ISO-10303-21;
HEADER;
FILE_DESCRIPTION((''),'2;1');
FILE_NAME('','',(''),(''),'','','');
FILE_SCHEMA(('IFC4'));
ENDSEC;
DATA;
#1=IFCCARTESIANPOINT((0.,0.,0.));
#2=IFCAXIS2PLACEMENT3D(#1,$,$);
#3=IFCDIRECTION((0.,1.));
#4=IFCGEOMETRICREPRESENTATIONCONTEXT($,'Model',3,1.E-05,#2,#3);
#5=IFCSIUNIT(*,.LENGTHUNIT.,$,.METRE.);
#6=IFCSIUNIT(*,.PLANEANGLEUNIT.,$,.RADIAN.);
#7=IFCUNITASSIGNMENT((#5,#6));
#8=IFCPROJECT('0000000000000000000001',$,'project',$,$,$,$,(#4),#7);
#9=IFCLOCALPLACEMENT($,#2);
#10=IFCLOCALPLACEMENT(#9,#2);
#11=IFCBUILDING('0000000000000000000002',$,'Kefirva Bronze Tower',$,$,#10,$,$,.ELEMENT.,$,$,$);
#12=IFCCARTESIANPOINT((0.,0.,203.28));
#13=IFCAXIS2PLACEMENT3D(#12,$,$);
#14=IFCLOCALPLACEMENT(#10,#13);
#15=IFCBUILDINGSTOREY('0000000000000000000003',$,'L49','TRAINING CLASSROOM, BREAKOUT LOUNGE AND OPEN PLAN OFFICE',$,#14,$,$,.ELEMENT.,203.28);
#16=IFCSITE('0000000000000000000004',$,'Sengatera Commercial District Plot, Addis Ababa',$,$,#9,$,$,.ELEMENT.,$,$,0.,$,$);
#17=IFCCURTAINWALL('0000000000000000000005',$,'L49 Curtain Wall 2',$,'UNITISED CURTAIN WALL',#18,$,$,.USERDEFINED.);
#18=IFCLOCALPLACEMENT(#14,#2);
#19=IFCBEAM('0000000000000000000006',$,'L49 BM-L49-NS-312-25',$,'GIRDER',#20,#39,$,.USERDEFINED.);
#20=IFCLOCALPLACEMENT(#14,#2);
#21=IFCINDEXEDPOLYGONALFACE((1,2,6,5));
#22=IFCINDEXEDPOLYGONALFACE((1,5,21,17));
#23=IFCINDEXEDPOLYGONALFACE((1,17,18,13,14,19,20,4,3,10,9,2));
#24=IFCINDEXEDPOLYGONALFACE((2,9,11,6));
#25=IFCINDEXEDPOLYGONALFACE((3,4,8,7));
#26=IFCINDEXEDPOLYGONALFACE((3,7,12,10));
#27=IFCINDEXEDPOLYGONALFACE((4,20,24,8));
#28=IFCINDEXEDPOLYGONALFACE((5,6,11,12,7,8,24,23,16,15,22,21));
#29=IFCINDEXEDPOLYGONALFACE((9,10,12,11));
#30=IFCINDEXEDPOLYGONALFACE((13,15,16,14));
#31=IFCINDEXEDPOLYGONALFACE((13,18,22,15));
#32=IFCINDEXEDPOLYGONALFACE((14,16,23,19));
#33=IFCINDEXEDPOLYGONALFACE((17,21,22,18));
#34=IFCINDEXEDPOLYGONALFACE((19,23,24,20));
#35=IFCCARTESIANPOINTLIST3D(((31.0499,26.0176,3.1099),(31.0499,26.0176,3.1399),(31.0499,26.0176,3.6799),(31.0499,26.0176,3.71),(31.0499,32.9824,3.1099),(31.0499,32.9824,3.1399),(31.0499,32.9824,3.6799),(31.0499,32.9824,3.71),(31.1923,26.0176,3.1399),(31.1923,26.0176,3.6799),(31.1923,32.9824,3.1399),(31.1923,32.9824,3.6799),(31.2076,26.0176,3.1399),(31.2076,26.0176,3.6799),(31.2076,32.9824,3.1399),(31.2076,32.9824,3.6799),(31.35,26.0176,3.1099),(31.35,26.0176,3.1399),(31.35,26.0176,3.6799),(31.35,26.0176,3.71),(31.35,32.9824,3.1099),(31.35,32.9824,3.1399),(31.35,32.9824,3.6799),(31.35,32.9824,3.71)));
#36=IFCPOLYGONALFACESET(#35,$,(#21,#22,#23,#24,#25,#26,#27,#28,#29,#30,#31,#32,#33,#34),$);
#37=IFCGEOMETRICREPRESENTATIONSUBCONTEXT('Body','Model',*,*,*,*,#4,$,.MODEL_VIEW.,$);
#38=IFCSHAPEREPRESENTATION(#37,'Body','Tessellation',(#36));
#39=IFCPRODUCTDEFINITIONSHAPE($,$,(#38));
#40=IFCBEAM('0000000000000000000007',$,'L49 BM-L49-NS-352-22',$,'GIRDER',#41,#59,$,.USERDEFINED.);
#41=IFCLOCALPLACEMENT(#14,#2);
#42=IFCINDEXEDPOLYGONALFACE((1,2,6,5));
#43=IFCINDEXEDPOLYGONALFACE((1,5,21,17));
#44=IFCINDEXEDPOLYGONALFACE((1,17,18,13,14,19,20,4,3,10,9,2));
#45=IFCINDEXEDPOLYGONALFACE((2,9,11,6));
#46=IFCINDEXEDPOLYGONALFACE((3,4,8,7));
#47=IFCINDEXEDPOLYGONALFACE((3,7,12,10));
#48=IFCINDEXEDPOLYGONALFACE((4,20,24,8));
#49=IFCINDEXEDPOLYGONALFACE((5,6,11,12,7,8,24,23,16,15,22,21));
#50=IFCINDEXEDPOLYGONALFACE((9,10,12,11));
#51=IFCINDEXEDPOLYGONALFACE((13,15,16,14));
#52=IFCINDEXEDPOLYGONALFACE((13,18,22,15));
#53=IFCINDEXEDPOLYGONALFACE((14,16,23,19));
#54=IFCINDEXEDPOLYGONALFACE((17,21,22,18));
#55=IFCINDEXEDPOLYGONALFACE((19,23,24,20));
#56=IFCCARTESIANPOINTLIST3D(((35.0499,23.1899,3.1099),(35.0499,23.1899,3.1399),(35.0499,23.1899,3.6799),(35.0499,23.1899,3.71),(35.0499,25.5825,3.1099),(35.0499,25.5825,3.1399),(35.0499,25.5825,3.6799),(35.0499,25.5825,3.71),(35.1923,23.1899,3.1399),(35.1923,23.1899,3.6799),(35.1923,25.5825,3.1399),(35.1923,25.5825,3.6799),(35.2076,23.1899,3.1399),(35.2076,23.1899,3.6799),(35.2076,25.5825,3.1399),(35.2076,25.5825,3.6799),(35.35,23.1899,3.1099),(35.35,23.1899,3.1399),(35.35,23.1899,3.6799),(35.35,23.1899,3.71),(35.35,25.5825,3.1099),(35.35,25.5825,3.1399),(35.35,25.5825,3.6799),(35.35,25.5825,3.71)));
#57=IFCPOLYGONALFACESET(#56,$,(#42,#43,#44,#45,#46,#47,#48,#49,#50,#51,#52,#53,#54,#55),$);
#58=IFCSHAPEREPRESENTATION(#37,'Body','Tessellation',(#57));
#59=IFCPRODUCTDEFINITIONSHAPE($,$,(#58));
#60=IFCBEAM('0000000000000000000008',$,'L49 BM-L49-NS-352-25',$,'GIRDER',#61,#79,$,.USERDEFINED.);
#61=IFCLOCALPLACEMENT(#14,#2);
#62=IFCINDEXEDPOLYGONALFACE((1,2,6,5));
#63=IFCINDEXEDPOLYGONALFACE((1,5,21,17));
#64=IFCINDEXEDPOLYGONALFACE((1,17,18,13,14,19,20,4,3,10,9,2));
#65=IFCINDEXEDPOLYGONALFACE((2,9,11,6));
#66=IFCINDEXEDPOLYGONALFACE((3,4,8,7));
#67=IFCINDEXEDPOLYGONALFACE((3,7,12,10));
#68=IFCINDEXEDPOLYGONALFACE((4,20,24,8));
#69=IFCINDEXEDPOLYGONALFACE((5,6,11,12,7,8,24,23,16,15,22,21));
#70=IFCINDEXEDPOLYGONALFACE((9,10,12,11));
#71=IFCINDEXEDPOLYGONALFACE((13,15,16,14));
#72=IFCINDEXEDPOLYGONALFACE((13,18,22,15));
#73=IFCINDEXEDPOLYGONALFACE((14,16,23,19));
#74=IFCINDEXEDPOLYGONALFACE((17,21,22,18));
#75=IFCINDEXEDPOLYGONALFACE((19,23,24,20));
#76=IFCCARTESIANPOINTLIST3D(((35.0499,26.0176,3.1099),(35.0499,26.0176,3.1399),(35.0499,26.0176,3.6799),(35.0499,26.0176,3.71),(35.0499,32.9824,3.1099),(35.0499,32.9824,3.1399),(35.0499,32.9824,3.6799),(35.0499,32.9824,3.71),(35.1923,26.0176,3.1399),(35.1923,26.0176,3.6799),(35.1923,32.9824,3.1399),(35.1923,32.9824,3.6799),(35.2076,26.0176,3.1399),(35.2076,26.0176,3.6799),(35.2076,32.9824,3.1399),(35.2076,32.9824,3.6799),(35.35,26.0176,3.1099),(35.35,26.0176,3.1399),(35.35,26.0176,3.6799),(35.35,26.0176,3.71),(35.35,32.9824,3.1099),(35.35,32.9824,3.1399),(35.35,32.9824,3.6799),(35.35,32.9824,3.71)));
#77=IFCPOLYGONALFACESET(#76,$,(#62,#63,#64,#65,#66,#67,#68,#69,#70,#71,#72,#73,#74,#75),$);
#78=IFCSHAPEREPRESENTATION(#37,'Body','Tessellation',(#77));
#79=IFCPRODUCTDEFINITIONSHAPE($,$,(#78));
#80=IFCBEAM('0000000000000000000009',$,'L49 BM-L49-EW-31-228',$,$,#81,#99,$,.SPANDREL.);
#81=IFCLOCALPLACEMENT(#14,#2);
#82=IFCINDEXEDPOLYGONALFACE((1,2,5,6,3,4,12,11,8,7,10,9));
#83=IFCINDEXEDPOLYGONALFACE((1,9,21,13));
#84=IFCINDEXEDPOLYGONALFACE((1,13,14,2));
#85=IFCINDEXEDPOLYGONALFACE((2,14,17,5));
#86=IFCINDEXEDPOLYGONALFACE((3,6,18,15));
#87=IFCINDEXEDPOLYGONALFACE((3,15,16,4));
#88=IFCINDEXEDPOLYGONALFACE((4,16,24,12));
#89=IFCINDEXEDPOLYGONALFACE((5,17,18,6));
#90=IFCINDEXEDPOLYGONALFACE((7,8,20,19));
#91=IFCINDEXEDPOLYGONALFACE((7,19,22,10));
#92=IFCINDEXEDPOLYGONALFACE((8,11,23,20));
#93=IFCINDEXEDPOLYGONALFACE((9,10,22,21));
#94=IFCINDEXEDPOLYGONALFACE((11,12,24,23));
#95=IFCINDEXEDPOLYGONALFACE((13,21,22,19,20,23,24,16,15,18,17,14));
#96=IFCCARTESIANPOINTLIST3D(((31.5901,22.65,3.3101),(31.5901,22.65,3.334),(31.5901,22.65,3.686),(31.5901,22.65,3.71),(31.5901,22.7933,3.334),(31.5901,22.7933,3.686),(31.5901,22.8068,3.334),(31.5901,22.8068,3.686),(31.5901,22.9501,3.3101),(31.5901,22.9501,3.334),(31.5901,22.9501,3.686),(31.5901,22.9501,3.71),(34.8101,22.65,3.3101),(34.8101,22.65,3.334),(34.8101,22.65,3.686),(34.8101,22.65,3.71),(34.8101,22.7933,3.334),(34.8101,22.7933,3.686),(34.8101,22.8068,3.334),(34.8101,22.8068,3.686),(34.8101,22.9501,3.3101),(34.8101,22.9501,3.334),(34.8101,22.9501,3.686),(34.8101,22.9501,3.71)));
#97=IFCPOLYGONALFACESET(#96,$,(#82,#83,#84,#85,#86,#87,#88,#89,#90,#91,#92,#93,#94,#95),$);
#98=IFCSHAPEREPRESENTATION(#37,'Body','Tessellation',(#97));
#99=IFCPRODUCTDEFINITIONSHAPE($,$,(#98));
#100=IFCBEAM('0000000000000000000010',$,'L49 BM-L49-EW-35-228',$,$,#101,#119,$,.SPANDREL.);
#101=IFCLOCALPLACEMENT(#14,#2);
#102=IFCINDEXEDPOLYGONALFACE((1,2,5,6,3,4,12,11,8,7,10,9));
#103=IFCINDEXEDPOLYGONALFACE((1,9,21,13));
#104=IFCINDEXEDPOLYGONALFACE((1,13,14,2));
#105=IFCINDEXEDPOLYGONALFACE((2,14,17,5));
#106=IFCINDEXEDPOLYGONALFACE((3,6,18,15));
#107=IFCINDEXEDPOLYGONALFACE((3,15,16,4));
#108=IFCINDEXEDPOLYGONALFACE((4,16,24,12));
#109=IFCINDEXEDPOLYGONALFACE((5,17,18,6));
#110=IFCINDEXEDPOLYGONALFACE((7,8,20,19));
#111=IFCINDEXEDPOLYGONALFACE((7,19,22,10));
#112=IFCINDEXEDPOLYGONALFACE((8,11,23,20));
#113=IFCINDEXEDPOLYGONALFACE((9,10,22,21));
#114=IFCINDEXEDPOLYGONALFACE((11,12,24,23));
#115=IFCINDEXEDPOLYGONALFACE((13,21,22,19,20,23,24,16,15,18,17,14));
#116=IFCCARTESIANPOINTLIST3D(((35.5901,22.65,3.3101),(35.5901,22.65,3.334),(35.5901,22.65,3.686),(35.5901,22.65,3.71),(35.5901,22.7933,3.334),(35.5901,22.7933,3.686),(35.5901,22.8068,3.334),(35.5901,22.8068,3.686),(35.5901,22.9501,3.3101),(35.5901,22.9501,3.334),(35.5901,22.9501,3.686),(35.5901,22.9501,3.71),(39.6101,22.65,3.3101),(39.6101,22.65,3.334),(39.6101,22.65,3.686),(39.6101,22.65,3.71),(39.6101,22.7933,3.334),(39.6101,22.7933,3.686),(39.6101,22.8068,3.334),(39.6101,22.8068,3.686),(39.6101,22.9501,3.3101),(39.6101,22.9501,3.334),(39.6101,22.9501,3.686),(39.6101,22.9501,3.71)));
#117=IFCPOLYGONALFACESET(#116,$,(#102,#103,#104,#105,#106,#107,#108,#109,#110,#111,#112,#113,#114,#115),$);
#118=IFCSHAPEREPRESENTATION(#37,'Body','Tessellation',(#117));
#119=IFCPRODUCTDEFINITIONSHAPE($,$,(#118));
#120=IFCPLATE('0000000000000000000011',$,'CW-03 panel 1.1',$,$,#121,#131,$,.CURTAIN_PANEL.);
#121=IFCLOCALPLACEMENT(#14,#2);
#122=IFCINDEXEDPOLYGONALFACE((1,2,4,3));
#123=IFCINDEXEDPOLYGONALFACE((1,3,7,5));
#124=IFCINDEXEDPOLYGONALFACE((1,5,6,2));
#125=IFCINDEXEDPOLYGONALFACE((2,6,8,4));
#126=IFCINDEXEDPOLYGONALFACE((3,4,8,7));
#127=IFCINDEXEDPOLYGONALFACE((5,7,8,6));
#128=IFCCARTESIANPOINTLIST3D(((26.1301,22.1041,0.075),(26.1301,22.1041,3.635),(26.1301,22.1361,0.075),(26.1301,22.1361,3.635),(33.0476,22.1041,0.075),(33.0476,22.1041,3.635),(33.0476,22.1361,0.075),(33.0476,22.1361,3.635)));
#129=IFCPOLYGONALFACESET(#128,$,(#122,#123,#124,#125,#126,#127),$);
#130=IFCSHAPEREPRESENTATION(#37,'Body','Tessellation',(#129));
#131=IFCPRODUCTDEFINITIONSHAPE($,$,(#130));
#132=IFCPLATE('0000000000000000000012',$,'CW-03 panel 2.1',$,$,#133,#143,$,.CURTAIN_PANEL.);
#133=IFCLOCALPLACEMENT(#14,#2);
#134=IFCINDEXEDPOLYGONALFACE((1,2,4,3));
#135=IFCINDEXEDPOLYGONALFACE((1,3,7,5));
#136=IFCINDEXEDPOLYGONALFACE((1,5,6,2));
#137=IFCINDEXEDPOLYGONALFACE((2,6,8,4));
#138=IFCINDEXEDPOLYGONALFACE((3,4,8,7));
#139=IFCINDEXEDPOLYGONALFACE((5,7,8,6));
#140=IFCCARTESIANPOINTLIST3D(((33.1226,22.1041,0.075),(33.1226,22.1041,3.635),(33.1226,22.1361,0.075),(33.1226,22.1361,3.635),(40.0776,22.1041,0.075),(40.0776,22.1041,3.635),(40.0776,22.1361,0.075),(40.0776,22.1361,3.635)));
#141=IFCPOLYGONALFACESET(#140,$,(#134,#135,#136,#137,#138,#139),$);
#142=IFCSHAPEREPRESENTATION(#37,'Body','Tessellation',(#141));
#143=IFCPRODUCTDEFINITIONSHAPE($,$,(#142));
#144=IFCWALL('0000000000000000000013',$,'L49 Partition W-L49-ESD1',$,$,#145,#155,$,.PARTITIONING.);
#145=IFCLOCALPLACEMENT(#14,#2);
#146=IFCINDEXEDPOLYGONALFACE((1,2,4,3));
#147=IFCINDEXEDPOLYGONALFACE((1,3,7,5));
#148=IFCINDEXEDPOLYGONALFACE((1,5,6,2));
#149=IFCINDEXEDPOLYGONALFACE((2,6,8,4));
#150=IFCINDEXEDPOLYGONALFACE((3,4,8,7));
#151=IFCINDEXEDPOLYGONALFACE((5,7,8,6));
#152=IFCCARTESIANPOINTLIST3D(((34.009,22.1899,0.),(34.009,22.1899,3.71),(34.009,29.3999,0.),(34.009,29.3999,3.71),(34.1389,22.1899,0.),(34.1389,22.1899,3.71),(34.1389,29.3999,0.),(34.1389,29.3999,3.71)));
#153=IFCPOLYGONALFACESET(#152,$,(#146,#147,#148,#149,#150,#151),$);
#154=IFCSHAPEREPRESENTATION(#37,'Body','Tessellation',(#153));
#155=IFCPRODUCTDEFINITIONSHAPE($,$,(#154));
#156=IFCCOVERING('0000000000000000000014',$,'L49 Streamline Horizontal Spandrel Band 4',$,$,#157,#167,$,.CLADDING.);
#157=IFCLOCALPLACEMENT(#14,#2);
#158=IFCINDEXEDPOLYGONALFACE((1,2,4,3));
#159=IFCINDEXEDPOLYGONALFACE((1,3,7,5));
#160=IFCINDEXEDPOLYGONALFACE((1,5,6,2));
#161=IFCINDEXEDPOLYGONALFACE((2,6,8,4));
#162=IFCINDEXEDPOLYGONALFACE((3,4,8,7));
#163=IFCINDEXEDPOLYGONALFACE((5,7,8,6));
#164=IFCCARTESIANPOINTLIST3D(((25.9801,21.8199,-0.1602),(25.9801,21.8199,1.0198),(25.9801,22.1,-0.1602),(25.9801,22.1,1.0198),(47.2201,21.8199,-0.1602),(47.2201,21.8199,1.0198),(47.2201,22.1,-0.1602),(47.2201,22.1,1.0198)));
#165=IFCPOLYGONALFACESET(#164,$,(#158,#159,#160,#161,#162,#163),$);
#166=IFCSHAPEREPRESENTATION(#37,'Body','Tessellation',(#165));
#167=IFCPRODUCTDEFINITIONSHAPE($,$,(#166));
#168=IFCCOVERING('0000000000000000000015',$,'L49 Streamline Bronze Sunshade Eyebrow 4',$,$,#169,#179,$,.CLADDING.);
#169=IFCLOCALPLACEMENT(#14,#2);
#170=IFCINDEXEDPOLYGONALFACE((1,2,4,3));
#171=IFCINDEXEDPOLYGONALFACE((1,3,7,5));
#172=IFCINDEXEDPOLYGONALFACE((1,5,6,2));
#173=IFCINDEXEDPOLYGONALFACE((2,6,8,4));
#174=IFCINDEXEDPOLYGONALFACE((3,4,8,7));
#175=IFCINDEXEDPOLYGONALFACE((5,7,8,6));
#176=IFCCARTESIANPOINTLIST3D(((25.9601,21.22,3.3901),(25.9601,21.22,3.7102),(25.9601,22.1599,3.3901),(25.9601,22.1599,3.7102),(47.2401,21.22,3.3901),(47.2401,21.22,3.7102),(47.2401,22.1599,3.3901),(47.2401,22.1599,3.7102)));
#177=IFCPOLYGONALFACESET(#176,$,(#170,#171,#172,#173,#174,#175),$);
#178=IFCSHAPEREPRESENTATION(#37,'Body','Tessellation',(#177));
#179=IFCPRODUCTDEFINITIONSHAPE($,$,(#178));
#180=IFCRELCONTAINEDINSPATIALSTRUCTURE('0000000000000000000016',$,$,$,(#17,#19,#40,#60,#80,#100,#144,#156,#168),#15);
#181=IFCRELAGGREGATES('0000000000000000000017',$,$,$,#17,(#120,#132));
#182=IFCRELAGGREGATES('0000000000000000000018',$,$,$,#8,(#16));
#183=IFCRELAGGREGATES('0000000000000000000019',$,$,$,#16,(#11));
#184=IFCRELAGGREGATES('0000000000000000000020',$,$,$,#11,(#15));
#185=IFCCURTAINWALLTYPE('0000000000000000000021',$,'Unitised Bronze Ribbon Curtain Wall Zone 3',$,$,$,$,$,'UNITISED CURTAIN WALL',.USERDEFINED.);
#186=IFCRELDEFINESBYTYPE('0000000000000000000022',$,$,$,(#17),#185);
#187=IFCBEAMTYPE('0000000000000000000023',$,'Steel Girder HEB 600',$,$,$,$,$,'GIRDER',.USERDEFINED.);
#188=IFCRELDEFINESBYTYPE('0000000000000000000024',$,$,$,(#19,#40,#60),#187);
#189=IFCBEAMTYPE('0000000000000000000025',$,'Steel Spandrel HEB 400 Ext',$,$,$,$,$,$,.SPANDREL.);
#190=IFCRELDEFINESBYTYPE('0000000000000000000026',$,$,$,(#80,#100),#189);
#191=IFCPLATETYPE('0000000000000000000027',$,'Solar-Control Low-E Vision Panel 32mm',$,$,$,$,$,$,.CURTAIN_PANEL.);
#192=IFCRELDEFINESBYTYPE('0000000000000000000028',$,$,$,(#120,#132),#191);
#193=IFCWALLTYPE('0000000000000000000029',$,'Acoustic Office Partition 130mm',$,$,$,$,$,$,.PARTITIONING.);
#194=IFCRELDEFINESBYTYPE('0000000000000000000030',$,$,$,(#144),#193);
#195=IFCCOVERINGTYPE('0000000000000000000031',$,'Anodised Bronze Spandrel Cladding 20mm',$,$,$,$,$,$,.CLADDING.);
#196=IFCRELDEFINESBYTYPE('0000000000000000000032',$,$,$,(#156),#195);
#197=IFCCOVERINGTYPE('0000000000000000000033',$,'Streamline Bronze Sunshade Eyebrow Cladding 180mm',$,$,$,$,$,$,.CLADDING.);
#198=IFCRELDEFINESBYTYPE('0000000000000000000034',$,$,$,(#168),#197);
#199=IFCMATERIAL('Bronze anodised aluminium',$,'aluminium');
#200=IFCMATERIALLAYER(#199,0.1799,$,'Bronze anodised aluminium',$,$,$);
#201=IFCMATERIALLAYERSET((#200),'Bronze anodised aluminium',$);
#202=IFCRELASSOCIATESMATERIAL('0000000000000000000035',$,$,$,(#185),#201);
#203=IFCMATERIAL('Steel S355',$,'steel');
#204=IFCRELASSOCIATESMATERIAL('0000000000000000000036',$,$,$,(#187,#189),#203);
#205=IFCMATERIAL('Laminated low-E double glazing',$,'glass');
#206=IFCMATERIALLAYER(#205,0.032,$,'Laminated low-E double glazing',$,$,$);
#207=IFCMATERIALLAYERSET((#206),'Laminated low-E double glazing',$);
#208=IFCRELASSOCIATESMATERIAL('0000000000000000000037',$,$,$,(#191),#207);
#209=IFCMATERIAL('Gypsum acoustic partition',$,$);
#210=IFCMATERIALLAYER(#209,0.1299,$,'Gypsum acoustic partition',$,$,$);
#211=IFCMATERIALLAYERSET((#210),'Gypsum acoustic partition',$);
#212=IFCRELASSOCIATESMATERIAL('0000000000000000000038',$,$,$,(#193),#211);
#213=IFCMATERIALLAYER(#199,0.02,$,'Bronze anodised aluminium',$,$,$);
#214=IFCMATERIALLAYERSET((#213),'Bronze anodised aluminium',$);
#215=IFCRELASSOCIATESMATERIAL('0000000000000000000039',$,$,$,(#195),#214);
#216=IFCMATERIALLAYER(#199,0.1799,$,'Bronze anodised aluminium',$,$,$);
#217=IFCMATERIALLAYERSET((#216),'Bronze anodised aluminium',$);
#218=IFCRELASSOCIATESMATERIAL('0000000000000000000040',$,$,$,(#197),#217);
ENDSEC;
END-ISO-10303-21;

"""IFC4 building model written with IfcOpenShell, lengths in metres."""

from ifc_helpers import new_model, si_unit, direction, frame, frame_2d, origin, origin_2d, place, context, subcontext, project, spatial, rectangle, i_section, extrude, material, layer, layer_set, material_profile, profile_set, type_object, element, aggregate, save


model = new_model("IFC4")

# Units and contexts
model_context = context("Model", 3, precision=1e-05, world=origin(), true_north=direction((0.0, 1.0)))
body_context = subcontext(model_context, "Body", "Model", "MODEL_VIEW")
ifc_project = project(units=[si_unit("LENGTHUNIT", "METRE"), si_unit("PLANEANGLEUNIT", "RADIAN")], contexts=[model_context])

# Site, building, storey
site_placement = place(None, origin())
site = spatial("IfcSite", under=ifc_project, at=site_placement, Name="Sengatera Commercial District Plot, Addis Ababa", CompositionType="ELEMENT", RefElevation=0.0)
building_placement = place(site_placement, origin())
building = spatial("IfcBuilding", under=site, at=building_placement, Name="Kefirva Bronze Tower", CompositionType="ELEMENT")
storey_placement = place(building_placement, frame((0.0, 0.0, 203.28)))
storey = spatial("IfcBuildingStorey", under=building, at=storey_placement, Name="L49", Description="TRAINING CLASSROOM, BREAKOUT LOUNGE AND OPEN PLAN OFFICE", CompositionType="ELEMENT", Elevation=203.28)

# Curtain wall
ifc_material_1 = material(Name="Bronze anodised aluminium", Category="aluminium")
ifc_layer_1 = layer(ifc_material_1, 0.1799, Name="Bronze anodised aluminium")
ifc_layer_set_1 = layer_set([ifc_layer_1], Name="Bronze anodised aluminium")
curtain_wall_type = type_object("IfcCurtainWallType", Name="Unitised Bronze Ribbon Curtain Wall Zone 3", ElementType="UNITISED CURTAIN WALL", PredefinedType="USERDEFINED", material=ifc_layer_set_1)
curtain_wall_placement = place(storey_placement, origin())
curtain_wall = element("IfcCurtainWall", 1, at=curtain_wall_placement, inside=storey, type_object=curtain_wall_type, Name="L49 Curtain Wall 2", ObjectType="UNITISED CURTAIN WALL", PredefinedType="USERDEFINED")

# Beams
ifc_material_2 = material(Name="Steel S355", Category="steel")
ifc_material_profile_1 = material_profile(ifc_material_2, i_section(OverallWidth=0.3, OverallDepth=0.6001, WebThickness=0.0154, FlangeThickness=0.03, at=origin_2d()), Name="HEB 600")
ifc_profile_set_1 = profile_set([ifc_material_profile_1], Name="Steel S355")
beam_type_1 = type_object("IfcBeamType", Name="Steel Girder HEB 600", ElementType="GIRDER", PredefinedType="USERDEFINED", material=ifc_profile_set_1)
beam_1_placement = place(storey_placement, frame((31.2, 26.0176, 3.4099), z_axis=(0.0, 1.0, 0.0), x_axis=(-1.0, 0.0, 0.0)))
element("IfcBeam", 2, at=beam_1_placement, inside=storey, type_object=beam_type_1, Name="L49 BM-L49-NS-312-25", ObjectType="GIRDER", PredefinedType="USERDEFINED", context=body_context, shape_type="SweptSolid", body=[
    extrude(i_section(OverallWidth=0.3, OverallDepth=0.6001, WebThickness=0.0154, FlangeThickness=0.03, at=origin_2d()), origin(), (0.0, 0.0, 1.0), 6.9648),
])
beam_2_placement = place(storey_placement, frame((35.2, 23.1899, 3.4099), z_axis=(0.0, 1.0, 0.0), x_axis=(-1.0, 0.0, 0.0)))
element("IfcBeam", 3, at=beam_2_placement, inside=storey, type_object=beam_type_1, Name="L49 BM-L49-NS-352-22", ObjectType="GIRDER", PredefinedType="USERDEFINED", context=body_context, shape_type="SweptSolid", body=[
    extrude(i_section(OverallWidth=0.3, OverallDepth=0.6001, WebThickness=0.0154, FlangeThickness=0.03, at=origin_2d()), origin(), (0.0, 0.0, 1.0), 2.3926),
])
beam_3_placement = place(storey_placement, frame((35.2, 26.0176, 3.4099), z_axis=(0.0, 1.0, 0.0), x_axis=(-1.0, 0.0, 0.0)))
element("IfcBeam", 4, at=beam_3_placement, inside=storey, type_object=beam_type_1, Name="L49 BM-L49-NS-352-25", ObjectType="GIRDER", PredefinedType="USERDEFINED", context=body_context, shape_type="SweptSolid", body=[
    extrude(i_section(OverallWidth=0.3, OverallDepth=0.6001, WebThickness=0.0154, FlangeThickness=0.03, at=origin_2d()), origin(), (0.0, 0.0, 1.0), 6.9648),
])
ifc_material_profile_2 = material_profile(ifc_material_2, i_section(OverallWidth=0.3, OverallDepth=0.3999, WebThickness=0.0134, FlangeThickness=0.0239, at=origin_2d()), Name="HEB 400")
ifc_profile_set_2 = profile_set([ifc_material_profile_2], Name="Steel S355")
beam_type_2 = type_object("IfcBeamType", Name="Steel Spandrel HEB 400 Ext", PredefinedType="SPANDREL", material=ifc_profile_set_2)
beam_4_placement = place(storey_placement, frame((31.5901, 22.8, 3.51), z_axis=(1.0, 0.0, 0.0), x_axis=(0.0, 1.0, 0.0)))
element("IfcBeam", 5, at=beam_4_placement, inside=storey, type_object=beam_type_2, Name="L49 BM-L49-EW-31-228", PredefinedType="SPANDREL", context=body_context, shape_type="SweptSolid", body=[
    extrude(i_section(OverallWidth=0.3, OverallDepth=0.3999, WebThickness=0.0134, FlangeThickness=0.0239, at=origin_2d()), origin(), (0.0, 0.0, 1.0), 3.22),
])
beam_5_placement = place(storey_placement, frame((35.5901, 22.8, 3.51), z_axis=(1.0, 0.0, 0.0), x_axis=(0.0, 1.0, 0.0)))
element("IfcBeam", 6, at=beam_5_placement, inside=storey, type_object=beam_type_2, Name="L49 BM-L49-EW-35-228", PredefinedType="SPANDREL", context=body_context, shape_type="SweptSolid", body=[
    extrude(i_section(OverallWidth=0.3, OverallDepth=0.3999, WebThickness=0.0134, FlangeThickness=0.0239, at=origin_2d()), origin(), (0.0, 0.0, 1.0), 4.02),
])

# Plates
ifc_material_3 = material(Name="Laminated low-E double glazing", Category="glass")
ifc_layer_2 = layer(ifc_material_3, 0.032, Name="Laminated low-E double glazing")
ifc_layer_set_2 = layer_set([ifc_layer_2], Name="Laminated low-E double glazing")
plate_type = type_object("IfcPlateType", Name="Solar-Control Low-E Vision Panel 32mm", PredefinedType="CURTAIN_PANEL", material=ifc_layer_set_2)
plate_1_placement = place(storey_placement, frame((29.5889, 22.1201, 0.075), z_axis=(0.0, 0.0, 1.0), x_axis=(1.0, 0.0, 0.0)))
plate_1 = element("IfcPlate", 7, at=plate_1_placement, type_object=plate_type, Name="CW-03 panel 1.1", PredefinedType="CURTAIN_PANEL", context=body_context, shape_type="SweptSolid", body=[
    extrude(rectangle(XDim=6.9175, YDim=0.032, at=origin_2d()), origin(), (0.0, 0.0, 1.0), 3.5601),
])
plate_2_placement = place(storey_placement, frame((36.6001, 22.1201, 0.075), z_axis=(0.0, 0.0, 1.0), x_axis=(1.0, 0.0, 0.0)))
plate_2 = element("IfcPlate", 8, at=plate_2_placement, type_object=plate_type, Name="CW-03 panel 2.1", PredefinedType="CURTAIN_PANEL", context=body_context, shape_type="SweptSolid", body=[
    extrude(rectangle(XDim=6.9551, YDim=0.032, at=origin_2d()), origin(), (0.0, 0.0, 1.0), 3.5601),
])
aggregate(curtain_wall, [plate_1, plate_2])

# Wall
ifc_material_4 = material(Name="Gypsum acoustic partition")
ifc_layer_3 = layer(ifc_material_4, 0.1299, Name="Gypsum acoustic partition")
ifc_layer_set_3 = layer_set([ifc_layer_3], Name="Gypsum acoustic partition")
wall_type = type_object("IfcWallType", Name="Acoustic Office Partition 130mm", PredefinedType="PARTITIONING", material=ifc_layer_set_3)
wall_placement = place(storey_placement, frame((34.074, 22.1899, 0.0), z_axis=(0.0, 0.0, 1.0), x_axis=(0.0, 1.0, 0.0)))
element("IfcWall", 9, at=wall_placement, inside=storey, type_object=wall_type, Name="L49 Partition W-L49-ESD1", PredefinedType="PARTITIONING", context=body_context, shape_type="SweptSolid", body=[
    extrude(rectangle(XDim=7.21, YDim=0.1299, at=frame_2d((3.605, 0.0))), origin(), (0.0, 0.0, 1.0), 3.71),
])

# Coverings
ifc_layer_4 = layer(ifc_material_1, 0.02, Name="Bronze anodised aluminium")
ifc_layer_set_4 = layer_set([ifc_layer_4], Name="Bronze anodised aluminium")
covering_type_1 = type_object("IfcCoveringType", Name="Anodised Bronze Spandrel Cladding 20mm", PredefinedType="CLADDING", material=ifc_layer_set_4)
covering_1_placement = place(storey_placement, frame((36.6001, 21.96, -0.1602), z_axis=(0.0, 0.0, 1.0), x_axis=(1.0, 0.0, 0.0)))
element("IfcCovering", 10, at=covering_1_placement, inside=storey, type_object=covering_type_1, Name="L49 Streamline Horizontal Spandrel Band 4", PredefinedType="CLADDING", context=body_context, shape_type="SweptSolid", body=[
    extrude(rectangle(XDim=21.24, YDim=0.28, at=origin_2d()), origin(), (0.0, 0.0, 1.0), 1.1799),
])
ifc_layer_5 = layer(ifc_material_1, 0.1799, Name="Bronze anodised aluminium")
ifc_layer_set_5 = layer_set([ifc_layer_5], Name="Bronze anodised aluminium")
covering_type_2 = type_object("IfcCoveringType", Name="Streamline Bronze Sunshade Eyebrow Cladding 180mm", PredefinedType="CLADDING", material=ifc_layer_set_5)
covering_2_placement = place(storey_placement, frame((36.6001, 21.6899, 3.3901), z_axis=(0.0, 0.0, 1.0), x_axis=(1.0, 0.0, 0.0)))
element("IfcCovering", 11, at=covering_2_placement, inside=storey, type_object=covering_type_2, Name="L49 Streamline Bronze Sunshade Eyebrow 4", PredefinedType="CLADDING", context=body_context, shape_type="SweptSolid", body=[
    extrude(rectangle(XDim=21.28, YDim=0.9399, at=origin_2d()), origin(), (0.0, 0.0, 1.0), 0.3201),
])

save(model, "model.ifc")
